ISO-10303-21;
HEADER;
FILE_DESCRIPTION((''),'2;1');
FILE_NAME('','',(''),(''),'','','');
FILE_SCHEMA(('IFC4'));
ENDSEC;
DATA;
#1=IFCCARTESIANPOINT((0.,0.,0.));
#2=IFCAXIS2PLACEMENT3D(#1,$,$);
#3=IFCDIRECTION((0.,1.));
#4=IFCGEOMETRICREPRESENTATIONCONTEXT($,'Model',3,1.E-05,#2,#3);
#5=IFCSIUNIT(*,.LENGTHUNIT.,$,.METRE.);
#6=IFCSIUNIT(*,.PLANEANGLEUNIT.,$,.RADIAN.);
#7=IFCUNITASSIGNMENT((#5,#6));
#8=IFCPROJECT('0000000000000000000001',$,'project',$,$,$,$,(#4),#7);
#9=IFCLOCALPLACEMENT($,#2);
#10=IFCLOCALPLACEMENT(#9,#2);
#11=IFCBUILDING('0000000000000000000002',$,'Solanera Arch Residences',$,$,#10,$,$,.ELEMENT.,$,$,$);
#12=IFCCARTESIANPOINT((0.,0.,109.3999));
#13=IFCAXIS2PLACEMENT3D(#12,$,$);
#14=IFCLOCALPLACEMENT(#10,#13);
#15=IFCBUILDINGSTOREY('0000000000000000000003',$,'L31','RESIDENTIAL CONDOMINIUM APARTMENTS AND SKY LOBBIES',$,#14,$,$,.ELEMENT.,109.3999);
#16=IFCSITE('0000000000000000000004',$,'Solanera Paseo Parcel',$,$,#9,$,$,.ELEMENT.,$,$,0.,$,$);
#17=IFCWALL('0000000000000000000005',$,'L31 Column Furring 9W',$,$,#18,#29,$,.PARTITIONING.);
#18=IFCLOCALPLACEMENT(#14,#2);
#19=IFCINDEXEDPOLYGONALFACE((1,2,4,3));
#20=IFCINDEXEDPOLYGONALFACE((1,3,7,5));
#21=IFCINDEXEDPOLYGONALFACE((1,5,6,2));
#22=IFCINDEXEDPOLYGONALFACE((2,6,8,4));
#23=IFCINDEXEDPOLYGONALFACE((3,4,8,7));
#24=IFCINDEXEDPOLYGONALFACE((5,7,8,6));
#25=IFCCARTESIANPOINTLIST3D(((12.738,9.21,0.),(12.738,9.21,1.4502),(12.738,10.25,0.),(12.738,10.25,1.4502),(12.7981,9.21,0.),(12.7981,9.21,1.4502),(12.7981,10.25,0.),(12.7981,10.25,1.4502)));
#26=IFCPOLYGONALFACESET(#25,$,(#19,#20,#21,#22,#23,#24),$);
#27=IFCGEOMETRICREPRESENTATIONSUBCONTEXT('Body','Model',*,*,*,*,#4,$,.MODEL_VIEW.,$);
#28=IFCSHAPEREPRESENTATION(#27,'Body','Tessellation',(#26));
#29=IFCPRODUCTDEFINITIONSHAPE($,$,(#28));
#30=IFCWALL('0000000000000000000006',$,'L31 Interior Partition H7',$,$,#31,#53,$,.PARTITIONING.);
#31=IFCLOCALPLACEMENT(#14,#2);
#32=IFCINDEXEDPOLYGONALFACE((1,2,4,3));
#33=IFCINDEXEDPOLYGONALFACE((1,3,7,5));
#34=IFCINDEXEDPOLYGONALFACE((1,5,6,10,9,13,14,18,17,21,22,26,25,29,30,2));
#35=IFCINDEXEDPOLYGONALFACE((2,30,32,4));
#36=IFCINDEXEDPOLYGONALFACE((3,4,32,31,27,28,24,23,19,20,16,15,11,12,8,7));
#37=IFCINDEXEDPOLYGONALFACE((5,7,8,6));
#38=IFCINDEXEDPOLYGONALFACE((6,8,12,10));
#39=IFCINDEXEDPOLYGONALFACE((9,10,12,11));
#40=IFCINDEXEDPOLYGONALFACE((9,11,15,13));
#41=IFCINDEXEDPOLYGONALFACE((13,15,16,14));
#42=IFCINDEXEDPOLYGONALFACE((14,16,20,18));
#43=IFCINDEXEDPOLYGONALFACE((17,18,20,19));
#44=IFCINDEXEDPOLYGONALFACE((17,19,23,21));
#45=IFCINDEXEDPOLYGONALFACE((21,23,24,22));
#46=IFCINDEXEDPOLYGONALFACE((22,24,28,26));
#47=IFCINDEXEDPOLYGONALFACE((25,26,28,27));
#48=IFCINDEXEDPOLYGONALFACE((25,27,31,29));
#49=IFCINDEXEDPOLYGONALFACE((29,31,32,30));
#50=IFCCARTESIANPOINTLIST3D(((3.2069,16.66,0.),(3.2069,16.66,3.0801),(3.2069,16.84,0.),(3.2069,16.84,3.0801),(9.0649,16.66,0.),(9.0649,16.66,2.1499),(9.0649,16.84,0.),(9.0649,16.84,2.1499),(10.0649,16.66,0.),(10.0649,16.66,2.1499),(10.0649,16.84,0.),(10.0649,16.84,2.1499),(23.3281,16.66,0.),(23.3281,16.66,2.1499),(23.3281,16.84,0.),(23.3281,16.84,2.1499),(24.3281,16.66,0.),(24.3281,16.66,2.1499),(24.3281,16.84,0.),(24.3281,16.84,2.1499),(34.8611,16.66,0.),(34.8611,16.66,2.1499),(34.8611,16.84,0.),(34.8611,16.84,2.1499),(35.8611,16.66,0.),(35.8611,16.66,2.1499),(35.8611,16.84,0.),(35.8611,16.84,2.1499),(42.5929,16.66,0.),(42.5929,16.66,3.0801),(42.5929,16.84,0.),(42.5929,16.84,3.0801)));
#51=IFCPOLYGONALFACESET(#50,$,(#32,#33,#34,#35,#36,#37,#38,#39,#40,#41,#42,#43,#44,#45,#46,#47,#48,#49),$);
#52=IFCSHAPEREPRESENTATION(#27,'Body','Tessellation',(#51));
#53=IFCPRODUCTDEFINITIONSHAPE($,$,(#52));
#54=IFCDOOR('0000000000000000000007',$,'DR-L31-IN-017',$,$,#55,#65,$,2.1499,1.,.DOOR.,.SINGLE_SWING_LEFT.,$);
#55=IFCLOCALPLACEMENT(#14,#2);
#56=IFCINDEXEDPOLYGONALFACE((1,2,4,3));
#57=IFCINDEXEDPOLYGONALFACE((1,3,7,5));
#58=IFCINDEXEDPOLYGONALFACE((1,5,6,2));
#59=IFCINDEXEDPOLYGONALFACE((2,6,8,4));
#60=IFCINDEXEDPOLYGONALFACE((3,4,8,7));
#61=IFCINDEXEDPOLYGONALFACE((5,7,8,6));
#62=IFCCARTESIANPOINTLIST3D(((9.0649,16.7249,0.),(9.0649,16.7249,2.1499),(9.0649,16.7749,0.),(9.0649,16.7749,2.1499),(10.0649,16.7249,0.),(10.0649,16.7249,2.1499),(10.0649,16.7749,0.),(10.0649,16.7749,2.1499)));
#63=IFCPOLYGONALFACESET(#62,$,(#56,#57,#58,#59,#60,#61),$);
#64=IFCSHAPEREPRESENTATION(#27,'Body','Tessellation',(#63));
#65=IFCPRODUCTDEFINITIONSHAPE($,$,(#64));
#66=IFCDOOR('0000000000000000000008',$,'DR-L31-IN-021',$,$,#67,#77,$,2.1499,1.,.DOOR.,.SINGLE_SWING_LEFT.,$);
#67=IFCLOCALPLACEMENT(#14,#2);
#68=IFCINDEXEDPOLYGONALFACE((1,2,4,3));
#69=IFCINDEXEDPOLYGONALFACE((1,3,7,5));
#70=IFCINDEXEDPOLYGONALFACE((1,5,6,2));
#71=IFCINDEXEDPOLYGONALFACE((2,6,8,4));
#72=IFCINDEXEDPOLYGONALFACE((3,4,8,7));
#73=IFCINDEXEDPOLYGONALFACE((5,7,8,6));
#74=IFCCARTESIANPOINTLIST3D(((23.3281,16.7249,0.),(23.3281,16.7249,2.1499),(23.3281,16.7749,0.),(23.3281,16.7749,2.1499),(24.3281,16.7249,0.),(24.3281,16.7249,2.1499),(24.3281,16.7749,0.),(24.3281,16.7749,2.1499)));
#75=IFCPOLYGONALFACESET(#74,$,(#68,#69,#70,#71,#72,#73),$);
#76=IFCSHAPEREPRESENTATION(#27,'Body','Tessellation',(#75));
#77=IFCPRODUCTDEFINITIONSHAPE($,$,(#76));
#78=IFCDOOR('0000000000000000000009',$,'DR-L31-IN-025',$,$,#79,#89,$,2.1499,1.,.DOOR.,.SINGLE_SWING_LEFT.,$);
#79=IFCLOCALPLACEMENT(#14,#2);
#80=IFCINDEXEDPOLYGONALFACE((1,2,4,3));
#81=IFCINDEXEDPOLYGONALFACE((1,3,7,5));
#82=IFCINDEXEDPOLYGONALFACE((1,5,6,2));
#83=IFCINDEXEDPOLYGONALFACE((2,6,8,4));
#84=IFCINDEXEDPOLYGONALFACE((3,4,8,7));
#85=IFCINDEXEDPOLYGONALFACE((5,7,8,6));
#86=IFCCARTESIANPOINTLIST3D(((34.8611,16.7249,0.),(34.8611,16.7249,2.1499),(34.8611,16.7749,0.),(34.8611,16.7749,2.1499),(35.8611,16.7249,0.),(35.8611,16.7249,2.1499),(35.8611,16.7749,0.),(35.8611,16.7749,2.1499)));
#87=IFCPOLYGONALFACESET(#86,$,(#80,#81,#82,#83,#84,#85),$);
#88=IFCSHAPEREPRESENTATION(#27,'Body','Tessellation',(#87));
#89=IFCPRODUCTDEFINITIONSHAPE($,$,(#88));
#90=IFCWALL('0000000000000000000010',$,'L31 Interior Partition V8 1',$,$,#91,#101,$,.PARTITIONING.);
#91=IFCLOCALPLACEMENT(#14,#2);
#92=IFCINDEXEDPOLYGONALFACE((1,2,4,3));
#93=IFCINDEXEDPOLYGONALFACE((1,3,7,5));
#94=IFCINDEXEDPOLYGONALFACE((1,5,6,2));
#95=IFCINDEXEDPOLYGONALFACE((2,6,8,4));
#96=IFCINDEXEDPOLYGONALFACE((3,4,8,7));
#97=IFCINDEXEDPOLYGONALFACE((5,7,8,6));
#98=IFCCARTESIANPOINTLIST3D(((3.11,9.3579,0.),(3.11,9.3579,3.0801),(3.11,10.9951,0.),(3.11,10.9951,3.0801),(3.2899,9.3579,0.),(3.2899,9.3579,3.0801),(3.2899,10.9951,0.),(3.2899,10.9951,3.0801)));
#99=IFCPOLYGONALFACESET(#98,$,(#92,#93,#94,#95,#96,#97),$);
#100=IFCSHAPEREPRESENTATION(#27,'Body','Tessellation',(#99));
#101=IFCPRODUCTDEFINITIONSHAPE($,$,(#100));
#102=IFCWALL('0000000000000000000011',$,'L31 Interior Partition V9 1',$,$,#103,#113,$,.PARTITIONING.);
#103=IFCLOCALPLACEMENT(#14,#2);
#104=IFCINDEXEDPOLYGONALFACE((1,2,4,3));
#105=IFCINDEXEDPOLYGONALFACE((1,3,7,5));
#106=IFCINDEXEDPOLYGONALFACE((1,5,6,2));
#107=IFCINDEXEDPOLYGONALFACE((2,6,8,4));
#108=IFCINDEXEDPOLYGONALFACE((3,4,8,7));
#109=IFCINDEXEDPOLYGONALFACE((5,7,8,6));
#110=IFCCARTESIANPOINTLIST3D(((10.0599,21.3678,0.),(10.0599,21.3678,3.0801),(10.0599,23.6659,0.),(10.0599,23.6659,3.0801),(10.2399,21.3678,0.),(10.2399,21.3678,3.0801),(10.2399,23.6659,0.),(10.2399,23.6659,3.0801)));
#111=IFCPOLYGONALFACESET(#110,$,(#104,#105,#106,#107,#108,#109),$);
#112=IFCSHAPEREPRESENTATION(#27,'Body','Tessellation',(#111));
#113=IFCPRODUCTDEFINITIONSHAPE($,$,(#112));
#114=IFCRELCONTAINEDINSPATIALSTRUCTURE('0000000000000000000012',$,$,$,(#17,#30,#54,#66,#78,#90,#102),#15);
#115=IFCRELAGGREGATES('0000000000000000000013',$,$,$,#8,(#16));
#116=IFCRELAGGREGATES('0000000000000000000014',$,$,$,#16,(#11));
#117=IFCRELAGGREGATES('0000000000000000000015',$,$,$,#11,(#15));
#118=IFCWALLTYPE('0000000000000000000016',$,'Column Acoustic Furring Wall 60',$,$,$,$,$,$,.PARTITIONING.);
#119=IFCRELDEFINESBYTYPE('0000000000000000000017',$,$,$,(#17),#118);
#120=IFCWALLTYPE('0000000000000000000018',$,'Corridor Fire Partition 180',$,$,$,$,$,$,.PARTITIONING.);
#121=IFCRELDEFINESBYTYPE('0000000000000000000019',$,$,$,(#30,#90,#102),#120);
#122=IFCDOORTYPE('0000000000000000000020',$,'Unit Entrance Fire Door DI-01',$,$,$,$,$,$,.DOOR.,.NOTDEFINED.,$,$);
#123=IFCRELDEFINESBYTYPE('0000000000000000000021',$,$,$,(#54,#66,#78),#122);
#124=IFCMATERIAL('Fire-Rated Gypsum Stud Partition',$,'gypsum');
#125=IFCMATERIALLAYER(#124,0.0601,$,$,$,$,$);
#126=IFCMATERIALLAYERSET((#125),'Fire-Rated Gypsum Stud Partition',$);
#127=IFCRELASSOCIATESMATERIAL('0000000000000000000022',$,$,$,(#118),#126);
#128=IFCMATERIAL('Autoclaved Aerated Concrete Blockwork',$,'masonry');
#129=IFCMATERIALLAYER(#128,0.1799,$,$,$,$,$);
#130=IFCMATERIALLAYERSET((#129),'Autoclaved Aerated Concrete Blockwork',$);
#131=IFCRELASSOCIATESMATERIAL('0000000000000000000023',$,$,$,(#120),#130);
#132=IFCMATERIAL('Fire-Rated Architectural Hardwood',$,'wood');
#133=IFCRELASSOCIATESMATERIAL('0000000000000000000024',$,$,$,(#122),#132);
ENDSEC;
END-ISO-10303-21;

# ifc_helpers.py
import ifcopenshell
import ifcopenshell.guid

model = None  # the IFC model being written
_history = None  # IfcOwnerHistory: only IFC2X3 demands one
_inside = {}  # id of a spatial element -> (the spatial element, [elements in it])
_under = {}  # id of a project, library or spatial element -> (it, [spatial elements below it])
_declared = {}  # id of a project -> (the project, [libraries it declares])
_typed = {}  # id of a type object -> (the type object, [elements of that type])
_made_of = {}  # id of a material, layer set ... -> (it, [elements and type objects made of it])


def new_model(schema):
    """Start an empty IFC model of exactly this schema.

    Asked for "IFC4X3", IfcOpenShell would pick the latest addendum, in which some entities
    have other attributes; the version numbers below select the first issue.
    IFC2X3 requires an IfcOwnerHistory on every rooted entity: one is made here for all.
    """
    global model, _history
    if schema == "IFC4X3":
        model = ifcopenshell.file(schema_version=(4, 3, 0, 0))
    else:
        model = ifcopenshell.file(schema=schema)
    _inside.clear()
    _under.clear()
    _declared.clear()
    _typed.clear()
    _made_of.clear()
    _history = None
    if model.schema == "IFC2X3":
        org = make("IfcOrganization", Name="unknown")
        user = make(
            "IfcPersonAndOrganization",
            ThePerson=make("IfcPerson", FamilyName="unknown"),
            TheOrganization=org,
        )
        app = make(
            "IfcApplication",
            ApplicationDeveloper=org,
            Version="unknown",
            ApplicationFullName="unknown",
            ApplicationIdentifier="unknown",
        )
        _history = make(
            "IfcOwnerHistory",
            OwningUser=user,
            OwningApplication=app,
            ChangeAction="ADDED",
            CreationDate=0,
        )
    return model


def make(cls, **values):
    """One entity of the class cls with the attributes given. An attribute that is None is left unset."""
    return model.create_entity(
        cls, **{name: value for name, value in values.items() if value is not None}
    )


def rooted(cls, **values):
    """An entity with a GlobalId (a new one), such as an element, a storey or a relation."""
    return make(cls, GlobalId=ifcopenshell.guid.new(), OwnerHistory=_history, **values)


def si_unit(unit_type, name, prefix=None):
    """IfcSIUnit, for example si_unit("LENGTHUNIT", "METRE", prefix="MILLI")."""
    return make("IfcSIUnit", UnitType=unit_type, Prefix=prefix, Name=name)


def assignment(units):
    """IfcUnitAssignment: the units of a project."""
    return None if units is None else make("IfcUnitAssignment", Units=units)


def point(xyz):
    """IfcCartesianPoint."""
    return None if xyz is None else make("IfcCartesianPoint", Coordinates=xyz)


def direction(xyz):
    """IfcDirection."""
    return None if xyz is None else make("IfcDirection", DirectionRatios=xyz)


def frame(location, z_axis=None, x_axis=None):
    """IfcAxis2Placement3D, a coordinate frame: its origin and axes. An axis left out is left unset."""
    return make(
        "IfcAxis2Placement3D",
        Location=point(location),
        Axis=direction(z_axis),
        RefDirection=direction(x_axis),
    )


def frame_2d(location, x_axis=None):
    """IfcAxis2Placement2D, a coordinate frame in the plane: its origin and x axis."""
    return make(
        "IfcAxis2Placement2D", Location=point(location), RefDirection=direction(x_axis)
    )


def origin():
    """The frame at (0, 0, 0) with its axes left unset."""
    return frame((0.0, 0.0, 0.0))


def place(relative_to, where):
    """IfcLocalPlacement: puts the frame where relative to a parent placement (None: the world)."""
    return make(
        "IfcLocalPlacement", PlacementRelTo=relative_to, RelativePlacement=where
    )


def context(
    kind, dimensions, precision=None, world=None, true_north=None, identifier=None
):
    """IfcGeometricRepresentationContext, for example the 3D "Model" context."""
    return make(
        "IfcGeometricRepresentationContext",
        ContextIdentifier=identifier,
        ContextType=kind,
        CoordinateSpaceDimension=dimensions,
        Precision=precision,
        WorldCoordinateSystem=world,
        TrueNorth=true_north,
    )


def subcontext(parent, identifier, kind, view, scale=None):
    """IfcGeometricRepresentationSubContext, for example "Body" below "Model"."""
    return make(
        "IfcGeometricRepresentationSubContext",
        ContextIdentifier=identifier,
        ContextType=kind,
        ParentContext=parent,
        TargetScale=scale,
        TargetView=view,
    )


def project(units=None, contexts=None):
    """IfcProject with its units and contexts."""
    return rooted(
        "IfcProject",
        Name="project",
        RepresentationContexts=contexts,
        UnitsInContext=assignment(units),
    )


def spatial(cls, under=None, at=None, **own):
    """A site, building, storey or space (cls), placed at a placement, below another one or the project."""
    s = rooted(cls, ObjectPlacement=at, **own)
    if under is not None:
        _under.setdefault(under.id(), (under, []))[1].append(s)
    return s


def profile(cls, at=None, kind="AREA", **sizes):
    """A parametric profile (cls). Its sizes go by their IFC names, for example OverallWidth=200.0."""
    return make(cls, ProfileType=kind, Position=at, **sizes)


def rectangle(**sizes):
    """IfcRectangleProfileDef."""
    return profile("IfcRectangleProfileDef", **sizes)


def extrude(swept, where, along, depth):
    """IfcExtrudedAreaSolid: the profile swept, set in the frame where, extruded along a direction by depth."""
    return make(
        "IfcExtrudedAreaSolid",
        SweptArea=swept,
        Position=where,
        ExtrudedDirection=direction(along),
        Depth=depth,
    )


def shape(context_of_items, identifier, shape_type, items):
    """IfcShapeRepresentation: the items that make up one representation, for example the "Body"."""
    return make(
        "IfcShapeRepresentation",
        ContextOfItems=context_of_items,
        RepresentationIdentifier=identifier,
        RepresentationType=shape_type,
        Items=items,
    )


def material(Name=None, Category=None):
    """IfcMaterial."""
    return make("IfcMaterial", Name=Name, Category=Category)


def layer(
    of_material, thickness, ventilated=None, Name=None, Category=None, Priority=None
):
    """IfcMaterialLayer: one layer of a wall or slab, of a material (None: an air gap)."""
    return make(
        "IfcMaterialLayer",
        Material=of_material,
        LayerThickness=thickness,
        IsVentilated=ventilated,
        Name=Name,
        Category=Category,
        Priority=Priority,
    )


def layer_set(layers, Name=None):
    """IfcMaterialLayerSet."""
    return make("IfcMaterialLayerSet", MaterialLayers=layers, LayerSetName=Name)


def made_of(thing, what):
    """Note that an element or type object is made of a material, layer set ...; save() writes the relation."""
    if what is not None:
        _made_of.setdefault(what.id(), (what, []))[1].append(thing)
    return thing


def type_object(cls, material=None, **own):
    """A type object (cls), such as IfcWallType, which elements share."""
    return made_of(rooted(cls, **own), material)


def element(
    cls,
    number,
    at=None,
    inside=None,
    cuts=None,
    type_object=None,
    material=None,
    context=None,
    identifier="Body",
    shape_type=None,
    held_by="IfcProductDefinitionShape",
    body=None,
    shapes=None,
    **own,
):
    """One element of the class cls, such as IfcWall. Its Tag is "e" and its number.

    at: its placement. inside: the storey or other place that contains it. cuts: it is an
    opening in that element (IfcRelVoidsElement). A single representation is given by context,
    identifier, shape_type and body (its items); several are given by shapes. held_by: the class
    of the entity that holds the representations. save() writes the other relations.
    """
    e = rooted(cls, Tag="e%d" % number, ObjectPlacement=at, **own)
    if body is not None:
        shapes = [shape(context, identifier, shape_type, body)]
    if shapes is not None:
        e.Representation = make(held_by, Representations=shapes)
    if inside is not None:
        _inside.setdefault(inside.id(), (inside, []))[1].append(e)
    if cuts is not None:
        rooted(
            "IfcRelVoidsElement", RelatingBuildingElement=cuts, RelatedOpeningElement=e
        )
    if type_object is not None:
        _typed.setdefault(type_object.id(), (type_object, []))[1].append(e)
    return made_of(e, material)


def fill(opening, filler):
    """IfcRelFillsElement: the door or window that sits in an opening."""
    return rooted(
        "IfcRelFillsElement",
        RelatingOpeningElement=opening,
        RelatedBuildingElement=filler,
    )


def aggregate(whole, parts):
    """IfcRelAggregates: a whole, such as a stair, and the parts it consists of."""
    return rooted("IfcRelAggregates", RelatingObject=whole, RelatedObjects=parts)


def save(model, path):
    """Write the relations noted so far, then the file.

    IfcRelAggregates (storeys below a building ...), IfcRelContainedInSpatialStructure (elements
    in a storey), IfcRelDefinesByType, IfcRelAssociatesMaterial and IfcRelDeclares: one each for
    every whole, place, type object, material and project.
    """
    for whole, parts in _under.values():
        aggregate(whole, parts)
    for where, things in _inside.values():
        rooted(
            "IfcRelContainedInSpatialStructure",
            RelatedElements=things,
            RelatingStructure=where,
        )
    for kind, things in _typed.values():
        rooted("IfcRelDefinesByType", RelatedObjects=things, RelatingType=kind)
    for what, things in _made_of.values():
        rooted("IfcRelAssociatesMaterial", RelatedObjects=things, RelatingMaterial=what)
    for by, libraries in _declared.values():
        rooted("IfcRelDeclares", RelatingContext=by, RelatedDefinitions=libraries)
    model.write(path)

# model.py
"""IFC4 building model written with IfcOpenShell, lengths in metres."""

from ifc_helpers import new_model, si_unit, direction, frame, frame_2d, origin, place, context, subcontext, project, spatial, rectangle, extrude, material, layer, layer_set, type_object, element, fill, save


model = new_model("IFC4")

# Units and contexts
model_context = context("Model", 3, precision=1e-05, world=origin(), true_north=direction((0.0, 1.0)))
body_context = subcontext(model_context, "Body", "Model", "MODEL_VIEW")
ifc_project = project(units=[si_unit("LENGTHUNIT", "METRE"), si_unit("PLANEANGLEUNIT", "RADIAN")], contexts=[model_context])

# Site, building, storey
site_placement = place(None, origin())
site = spatial("IfcSite", under=ifc_project, at=site_placement, Name="Solanera Paseo Parcel", CompositionType="ELEMENT", RefElevation=0.0)
building_placement = place(site_placement, origin())
building = spatial("IfcBuilding", under=site, at=building_placement, Name="Solanera Arch Residences", CompositionType="ELEMENT")
storey_placement = place(building_placement, frame((0.0, 0.0, 109.3999)))
storey = spatial("IfcBuildingStorey", under=building, at=storey_placement, Name="L31", Description="RESIDENTIAL CONDOMINIUM APARTMENTS AND SKY LOBBIES", CompositionType="ELEMENT", Elevation=109.3999)

# Wall
ifc_material_1 = material(Name="Fire-Rated Gypsum Stud Partition", Category="gypsum")
ifc_layer_1 = layer(ifc_material_1, 0.0601)
ifc_layer_set_1 = layer_set([ifc_layer_1], Name="Fire-Rated Gypsum Stud Partition")
wall_type_1 = type_object("IfcWallType", Name="Column Acoustic Furring Wall 60", PredefinedType="PARTITIONING", material=ifc_layer_set_1)
wall_1_placement = place(storey_placement, frame((12.7681, 9.21, 0.0), z_axis=(0.0, 0.0, 1.0), x_axis=(0.0, 1.0, 0.0)))
element("IfcWall", 1, at=wall_1_placement, inside=storey, type_object=wall_type_1, Name="L31 Column Furring 9W", PredefinedType="PARTITIONING", context=body_context, shape_type="SweptSolid", body=[
    extrude(rectangle(XDim=1.04, YDim=0.0601, at=frame_2d((0.52, 0.0))), origin(), (0.0, 0.0, 1.0), 1.4502),
])

# Wall, openings, doors
ifc_material_2 = material(Name="Autoclaved Aerated Concrete Blockwork", Category="masonry")
ifc_layer_2 = layer(ifc_material_2, 0.1799)
ifc_layer_set_2 = layer_set([ifc_layer_2], Name="Autoclaved Aerated Concrete Blockwork")
wall_type_2 = type_object("IfcWallType", Name="Corridor Fire Partition 180", PredefinedType="PARTITIONING", material=ifc_layer_set_2)
wall_2_placement = place(storey_placement, frame((3.207, 16.75, 0.0), z_axis=(0.0, 0.0, 1.0), x_axis=(1.0, 0.0, 0.0)))
wall_2 = element("IfcWall", 2, at=wall_2_placement, inside=storey, type_object=wall_type_2, Name="L31 Interior Partition H7", PredefinedType="PARTITIONING", context=body_context, shape_type="SweptSolid", body=[
    extrude(rectangle(XDim=39.386, YDim=0.1799, at=frame_2d((19.6929, 0.0))), origin(), (0.0, 0.0, 1.0), 3.0801),
])
opening_1_placement = place(wall_2_placement, frame((5.8579, 0.0, 0.0)))
opening_1 = element("IfcOpeningElement", 3, at=opening_1_placement, cuts=wall_2, PredefinedType="OPENING", context=body_context, shape_type="SweptSolid", body=[
    extrude(rectangle(XDim=1.0, YDim=2.1499, at=frame_2d((0.5, 1.075))), frame((0.0, 0.1001, 0.0), z_axis=(0.0, -1.0, 0.0), x_axis=(1.0, 0.0, 0.0)), (0.0, 0.0, 1.0), 0.1999),
])
opening_2_placement = place(wall_2_placement, frame((20.1211, 0.0, 0.0)))
opening_2 = element("IfcOpeningElement", 4, at=opening_2_placement, cuts=wall_2, PredefinedType="OPENING", context=body_context, shape_type="SweptSolid", body=[
    extrude(rectangle(XDim=1.0, YDim=2.1499, at=frame_2d((0.5, 1.075))), frame((0.0, 0.1001, 0.0), z_axis=(0.0, -1.0, 0.0), x_axis=(1.0, 0.0, 0.0)), (0.0, 0.0, 1.0), 0.1999),
])
opening_3_placement = place(wall_2_placement, frame((31.6541, 0.0, 0.0)))
opening_3 = element("IfcOpeningElement", 5, at=opening_3_placement, cuts=wall_2, PredefinedType="OPENING", context=body_context, shape_type="SweptSolid", body=[
    extrude(rectangle(XDim=1.0, YDim=2.1499, at=frame_2d((0.5, 1.075))), frame((0.0, 0.1001, 0.0), z_axis=(0.0, -1.0, 0.0), x_axis=(1.0, 0.0, 0.0)), (0.0, 0.0, 1.0), 0.1999),
])
ifc_material_3 = material(Name="Fire-Rated Architectural Hardwood", Category="wood")
door_type_1 = type_object("IfcDoorType", Name="Unit Entrance Fire Door DI-01", OperationType="NOTDEFINED", PredefinedType="DOOR", material=ifc_material_3)
door_1_placement = place(opening_1_placement, origin())
door_1 = element("IfcDoor", 6, at=door_1_placement, inside=storey, type_object=door_type_1, Name="DR-L31-IN-017", OperationType="SINGLE_SWING_LEFT", OverallHeight=2.1499, OverallWidth=1.0, PredefinedType="DOOR", context=body_context, shape_type="SweptSolid", body=[
    extrude(rectangle(XDim=1.0, YDim=2.1499, at=frame_2d((0.5, 1.075))), frame((0.0, 0.0249, 0.0), z_axis=(0.0, -1.0, 0.0), x_axis=(1.0, 0.0, 0.0)), (0.0, 0.0, 1.0), 0.05),
])
fill(opening_1, door_1)
door_2_placement = place(opening_2_placement, origin())
door_2 = element("IfcDoor", 7, at=door_2_placement, inside=storey, type_object=door_type_1, Name="DR-L31-IN-021", OperationType="SINGLE_SWING_LEFT", OverallHeight=2.1499, OverallWidth=1.0, PredefinedType="DOOR", context=body_context, shape_type="SweptSolid", body=[
    extrude(rectangle(XDim=1.0, YDim=2.1499, at=frame_2d((0.5, 1.075))), frame((0.0, 0.0249, 0.0), z_axis=(0.0, -1.0, 0.0), x_axis=(1.0, 0.0, 0.0)), (0.0, 0.0, 1.0), 0.05),
])
fill(opening_2, door_2)
door_3_placement = place(opening_3_placement, origin())
door_3 = element("IfcDoor", 8, at=door_3_placement, inside=storey, type_object=door_type_1, Name="DR-L31-IN-025", OperationType="SINGLE_SWING_LEFT", OverallHeight=2.1499, OverallWidth=1.0, PredefinedType="DOOR", context=body_context, shape_type="SweptSolid", body=[
    extrude(rectangle(XDim=1.0, YDim=2.1499, at=frame_2d((0.5, 1.075))), frame((0.0, 0.0249, 0.0), z_axis=(0.0, -1.0, 0.0), x_axis=(1.0, 0.0, 0.0)), (0.0, 0.0, 1.0), 0.05),
])
fill(opening_3, door_3)

# Walls
wall_3_placement = place(storey_placement, frame((3.2, 9.3579, 0.0), z_axis=(0.0, 0.0, 1.0), x_axis=(0.0, 1.0, 0.0)))
element("IfcWall", 9, at=wall_3_placement, inside=storey, type_object=wall_type_2, Name="L31 Interior Partition V8 1", PredefinedType="PARTITIONING", context=body_context, shape_type="SweptSolid", body=[
    extrude(rectangle(XDim=1.6372, YDim=0.1799, at=frame_2d((0.8186, 0.0))), origin(), (0.0, 0.0, 1.0), 3.0801),
])
wall_4_placement = place(storey_placement, frame((10.1499, 21.3679, 0.0), z_axis=(0.0, 0.0, 1.0), x_axis=(0.0, 1.0, 0.0)))
element("IfcWall", 10, at=wall_4_placement, inside=storey, type_object=wall_type_2, Name="L31 Interior Partition V9 1", PredefinedType="PARTITIONING", context=body_context, shape_type="SweptSolid", body=[
    extrude(rectangle(XDim=2.2981, YDim=0.1799, at=frame_2d((1.1489, 0.0))), origin(), (0.0, 0.0, 1.0), 3.0801),
])

save(model, "model.ifc")
